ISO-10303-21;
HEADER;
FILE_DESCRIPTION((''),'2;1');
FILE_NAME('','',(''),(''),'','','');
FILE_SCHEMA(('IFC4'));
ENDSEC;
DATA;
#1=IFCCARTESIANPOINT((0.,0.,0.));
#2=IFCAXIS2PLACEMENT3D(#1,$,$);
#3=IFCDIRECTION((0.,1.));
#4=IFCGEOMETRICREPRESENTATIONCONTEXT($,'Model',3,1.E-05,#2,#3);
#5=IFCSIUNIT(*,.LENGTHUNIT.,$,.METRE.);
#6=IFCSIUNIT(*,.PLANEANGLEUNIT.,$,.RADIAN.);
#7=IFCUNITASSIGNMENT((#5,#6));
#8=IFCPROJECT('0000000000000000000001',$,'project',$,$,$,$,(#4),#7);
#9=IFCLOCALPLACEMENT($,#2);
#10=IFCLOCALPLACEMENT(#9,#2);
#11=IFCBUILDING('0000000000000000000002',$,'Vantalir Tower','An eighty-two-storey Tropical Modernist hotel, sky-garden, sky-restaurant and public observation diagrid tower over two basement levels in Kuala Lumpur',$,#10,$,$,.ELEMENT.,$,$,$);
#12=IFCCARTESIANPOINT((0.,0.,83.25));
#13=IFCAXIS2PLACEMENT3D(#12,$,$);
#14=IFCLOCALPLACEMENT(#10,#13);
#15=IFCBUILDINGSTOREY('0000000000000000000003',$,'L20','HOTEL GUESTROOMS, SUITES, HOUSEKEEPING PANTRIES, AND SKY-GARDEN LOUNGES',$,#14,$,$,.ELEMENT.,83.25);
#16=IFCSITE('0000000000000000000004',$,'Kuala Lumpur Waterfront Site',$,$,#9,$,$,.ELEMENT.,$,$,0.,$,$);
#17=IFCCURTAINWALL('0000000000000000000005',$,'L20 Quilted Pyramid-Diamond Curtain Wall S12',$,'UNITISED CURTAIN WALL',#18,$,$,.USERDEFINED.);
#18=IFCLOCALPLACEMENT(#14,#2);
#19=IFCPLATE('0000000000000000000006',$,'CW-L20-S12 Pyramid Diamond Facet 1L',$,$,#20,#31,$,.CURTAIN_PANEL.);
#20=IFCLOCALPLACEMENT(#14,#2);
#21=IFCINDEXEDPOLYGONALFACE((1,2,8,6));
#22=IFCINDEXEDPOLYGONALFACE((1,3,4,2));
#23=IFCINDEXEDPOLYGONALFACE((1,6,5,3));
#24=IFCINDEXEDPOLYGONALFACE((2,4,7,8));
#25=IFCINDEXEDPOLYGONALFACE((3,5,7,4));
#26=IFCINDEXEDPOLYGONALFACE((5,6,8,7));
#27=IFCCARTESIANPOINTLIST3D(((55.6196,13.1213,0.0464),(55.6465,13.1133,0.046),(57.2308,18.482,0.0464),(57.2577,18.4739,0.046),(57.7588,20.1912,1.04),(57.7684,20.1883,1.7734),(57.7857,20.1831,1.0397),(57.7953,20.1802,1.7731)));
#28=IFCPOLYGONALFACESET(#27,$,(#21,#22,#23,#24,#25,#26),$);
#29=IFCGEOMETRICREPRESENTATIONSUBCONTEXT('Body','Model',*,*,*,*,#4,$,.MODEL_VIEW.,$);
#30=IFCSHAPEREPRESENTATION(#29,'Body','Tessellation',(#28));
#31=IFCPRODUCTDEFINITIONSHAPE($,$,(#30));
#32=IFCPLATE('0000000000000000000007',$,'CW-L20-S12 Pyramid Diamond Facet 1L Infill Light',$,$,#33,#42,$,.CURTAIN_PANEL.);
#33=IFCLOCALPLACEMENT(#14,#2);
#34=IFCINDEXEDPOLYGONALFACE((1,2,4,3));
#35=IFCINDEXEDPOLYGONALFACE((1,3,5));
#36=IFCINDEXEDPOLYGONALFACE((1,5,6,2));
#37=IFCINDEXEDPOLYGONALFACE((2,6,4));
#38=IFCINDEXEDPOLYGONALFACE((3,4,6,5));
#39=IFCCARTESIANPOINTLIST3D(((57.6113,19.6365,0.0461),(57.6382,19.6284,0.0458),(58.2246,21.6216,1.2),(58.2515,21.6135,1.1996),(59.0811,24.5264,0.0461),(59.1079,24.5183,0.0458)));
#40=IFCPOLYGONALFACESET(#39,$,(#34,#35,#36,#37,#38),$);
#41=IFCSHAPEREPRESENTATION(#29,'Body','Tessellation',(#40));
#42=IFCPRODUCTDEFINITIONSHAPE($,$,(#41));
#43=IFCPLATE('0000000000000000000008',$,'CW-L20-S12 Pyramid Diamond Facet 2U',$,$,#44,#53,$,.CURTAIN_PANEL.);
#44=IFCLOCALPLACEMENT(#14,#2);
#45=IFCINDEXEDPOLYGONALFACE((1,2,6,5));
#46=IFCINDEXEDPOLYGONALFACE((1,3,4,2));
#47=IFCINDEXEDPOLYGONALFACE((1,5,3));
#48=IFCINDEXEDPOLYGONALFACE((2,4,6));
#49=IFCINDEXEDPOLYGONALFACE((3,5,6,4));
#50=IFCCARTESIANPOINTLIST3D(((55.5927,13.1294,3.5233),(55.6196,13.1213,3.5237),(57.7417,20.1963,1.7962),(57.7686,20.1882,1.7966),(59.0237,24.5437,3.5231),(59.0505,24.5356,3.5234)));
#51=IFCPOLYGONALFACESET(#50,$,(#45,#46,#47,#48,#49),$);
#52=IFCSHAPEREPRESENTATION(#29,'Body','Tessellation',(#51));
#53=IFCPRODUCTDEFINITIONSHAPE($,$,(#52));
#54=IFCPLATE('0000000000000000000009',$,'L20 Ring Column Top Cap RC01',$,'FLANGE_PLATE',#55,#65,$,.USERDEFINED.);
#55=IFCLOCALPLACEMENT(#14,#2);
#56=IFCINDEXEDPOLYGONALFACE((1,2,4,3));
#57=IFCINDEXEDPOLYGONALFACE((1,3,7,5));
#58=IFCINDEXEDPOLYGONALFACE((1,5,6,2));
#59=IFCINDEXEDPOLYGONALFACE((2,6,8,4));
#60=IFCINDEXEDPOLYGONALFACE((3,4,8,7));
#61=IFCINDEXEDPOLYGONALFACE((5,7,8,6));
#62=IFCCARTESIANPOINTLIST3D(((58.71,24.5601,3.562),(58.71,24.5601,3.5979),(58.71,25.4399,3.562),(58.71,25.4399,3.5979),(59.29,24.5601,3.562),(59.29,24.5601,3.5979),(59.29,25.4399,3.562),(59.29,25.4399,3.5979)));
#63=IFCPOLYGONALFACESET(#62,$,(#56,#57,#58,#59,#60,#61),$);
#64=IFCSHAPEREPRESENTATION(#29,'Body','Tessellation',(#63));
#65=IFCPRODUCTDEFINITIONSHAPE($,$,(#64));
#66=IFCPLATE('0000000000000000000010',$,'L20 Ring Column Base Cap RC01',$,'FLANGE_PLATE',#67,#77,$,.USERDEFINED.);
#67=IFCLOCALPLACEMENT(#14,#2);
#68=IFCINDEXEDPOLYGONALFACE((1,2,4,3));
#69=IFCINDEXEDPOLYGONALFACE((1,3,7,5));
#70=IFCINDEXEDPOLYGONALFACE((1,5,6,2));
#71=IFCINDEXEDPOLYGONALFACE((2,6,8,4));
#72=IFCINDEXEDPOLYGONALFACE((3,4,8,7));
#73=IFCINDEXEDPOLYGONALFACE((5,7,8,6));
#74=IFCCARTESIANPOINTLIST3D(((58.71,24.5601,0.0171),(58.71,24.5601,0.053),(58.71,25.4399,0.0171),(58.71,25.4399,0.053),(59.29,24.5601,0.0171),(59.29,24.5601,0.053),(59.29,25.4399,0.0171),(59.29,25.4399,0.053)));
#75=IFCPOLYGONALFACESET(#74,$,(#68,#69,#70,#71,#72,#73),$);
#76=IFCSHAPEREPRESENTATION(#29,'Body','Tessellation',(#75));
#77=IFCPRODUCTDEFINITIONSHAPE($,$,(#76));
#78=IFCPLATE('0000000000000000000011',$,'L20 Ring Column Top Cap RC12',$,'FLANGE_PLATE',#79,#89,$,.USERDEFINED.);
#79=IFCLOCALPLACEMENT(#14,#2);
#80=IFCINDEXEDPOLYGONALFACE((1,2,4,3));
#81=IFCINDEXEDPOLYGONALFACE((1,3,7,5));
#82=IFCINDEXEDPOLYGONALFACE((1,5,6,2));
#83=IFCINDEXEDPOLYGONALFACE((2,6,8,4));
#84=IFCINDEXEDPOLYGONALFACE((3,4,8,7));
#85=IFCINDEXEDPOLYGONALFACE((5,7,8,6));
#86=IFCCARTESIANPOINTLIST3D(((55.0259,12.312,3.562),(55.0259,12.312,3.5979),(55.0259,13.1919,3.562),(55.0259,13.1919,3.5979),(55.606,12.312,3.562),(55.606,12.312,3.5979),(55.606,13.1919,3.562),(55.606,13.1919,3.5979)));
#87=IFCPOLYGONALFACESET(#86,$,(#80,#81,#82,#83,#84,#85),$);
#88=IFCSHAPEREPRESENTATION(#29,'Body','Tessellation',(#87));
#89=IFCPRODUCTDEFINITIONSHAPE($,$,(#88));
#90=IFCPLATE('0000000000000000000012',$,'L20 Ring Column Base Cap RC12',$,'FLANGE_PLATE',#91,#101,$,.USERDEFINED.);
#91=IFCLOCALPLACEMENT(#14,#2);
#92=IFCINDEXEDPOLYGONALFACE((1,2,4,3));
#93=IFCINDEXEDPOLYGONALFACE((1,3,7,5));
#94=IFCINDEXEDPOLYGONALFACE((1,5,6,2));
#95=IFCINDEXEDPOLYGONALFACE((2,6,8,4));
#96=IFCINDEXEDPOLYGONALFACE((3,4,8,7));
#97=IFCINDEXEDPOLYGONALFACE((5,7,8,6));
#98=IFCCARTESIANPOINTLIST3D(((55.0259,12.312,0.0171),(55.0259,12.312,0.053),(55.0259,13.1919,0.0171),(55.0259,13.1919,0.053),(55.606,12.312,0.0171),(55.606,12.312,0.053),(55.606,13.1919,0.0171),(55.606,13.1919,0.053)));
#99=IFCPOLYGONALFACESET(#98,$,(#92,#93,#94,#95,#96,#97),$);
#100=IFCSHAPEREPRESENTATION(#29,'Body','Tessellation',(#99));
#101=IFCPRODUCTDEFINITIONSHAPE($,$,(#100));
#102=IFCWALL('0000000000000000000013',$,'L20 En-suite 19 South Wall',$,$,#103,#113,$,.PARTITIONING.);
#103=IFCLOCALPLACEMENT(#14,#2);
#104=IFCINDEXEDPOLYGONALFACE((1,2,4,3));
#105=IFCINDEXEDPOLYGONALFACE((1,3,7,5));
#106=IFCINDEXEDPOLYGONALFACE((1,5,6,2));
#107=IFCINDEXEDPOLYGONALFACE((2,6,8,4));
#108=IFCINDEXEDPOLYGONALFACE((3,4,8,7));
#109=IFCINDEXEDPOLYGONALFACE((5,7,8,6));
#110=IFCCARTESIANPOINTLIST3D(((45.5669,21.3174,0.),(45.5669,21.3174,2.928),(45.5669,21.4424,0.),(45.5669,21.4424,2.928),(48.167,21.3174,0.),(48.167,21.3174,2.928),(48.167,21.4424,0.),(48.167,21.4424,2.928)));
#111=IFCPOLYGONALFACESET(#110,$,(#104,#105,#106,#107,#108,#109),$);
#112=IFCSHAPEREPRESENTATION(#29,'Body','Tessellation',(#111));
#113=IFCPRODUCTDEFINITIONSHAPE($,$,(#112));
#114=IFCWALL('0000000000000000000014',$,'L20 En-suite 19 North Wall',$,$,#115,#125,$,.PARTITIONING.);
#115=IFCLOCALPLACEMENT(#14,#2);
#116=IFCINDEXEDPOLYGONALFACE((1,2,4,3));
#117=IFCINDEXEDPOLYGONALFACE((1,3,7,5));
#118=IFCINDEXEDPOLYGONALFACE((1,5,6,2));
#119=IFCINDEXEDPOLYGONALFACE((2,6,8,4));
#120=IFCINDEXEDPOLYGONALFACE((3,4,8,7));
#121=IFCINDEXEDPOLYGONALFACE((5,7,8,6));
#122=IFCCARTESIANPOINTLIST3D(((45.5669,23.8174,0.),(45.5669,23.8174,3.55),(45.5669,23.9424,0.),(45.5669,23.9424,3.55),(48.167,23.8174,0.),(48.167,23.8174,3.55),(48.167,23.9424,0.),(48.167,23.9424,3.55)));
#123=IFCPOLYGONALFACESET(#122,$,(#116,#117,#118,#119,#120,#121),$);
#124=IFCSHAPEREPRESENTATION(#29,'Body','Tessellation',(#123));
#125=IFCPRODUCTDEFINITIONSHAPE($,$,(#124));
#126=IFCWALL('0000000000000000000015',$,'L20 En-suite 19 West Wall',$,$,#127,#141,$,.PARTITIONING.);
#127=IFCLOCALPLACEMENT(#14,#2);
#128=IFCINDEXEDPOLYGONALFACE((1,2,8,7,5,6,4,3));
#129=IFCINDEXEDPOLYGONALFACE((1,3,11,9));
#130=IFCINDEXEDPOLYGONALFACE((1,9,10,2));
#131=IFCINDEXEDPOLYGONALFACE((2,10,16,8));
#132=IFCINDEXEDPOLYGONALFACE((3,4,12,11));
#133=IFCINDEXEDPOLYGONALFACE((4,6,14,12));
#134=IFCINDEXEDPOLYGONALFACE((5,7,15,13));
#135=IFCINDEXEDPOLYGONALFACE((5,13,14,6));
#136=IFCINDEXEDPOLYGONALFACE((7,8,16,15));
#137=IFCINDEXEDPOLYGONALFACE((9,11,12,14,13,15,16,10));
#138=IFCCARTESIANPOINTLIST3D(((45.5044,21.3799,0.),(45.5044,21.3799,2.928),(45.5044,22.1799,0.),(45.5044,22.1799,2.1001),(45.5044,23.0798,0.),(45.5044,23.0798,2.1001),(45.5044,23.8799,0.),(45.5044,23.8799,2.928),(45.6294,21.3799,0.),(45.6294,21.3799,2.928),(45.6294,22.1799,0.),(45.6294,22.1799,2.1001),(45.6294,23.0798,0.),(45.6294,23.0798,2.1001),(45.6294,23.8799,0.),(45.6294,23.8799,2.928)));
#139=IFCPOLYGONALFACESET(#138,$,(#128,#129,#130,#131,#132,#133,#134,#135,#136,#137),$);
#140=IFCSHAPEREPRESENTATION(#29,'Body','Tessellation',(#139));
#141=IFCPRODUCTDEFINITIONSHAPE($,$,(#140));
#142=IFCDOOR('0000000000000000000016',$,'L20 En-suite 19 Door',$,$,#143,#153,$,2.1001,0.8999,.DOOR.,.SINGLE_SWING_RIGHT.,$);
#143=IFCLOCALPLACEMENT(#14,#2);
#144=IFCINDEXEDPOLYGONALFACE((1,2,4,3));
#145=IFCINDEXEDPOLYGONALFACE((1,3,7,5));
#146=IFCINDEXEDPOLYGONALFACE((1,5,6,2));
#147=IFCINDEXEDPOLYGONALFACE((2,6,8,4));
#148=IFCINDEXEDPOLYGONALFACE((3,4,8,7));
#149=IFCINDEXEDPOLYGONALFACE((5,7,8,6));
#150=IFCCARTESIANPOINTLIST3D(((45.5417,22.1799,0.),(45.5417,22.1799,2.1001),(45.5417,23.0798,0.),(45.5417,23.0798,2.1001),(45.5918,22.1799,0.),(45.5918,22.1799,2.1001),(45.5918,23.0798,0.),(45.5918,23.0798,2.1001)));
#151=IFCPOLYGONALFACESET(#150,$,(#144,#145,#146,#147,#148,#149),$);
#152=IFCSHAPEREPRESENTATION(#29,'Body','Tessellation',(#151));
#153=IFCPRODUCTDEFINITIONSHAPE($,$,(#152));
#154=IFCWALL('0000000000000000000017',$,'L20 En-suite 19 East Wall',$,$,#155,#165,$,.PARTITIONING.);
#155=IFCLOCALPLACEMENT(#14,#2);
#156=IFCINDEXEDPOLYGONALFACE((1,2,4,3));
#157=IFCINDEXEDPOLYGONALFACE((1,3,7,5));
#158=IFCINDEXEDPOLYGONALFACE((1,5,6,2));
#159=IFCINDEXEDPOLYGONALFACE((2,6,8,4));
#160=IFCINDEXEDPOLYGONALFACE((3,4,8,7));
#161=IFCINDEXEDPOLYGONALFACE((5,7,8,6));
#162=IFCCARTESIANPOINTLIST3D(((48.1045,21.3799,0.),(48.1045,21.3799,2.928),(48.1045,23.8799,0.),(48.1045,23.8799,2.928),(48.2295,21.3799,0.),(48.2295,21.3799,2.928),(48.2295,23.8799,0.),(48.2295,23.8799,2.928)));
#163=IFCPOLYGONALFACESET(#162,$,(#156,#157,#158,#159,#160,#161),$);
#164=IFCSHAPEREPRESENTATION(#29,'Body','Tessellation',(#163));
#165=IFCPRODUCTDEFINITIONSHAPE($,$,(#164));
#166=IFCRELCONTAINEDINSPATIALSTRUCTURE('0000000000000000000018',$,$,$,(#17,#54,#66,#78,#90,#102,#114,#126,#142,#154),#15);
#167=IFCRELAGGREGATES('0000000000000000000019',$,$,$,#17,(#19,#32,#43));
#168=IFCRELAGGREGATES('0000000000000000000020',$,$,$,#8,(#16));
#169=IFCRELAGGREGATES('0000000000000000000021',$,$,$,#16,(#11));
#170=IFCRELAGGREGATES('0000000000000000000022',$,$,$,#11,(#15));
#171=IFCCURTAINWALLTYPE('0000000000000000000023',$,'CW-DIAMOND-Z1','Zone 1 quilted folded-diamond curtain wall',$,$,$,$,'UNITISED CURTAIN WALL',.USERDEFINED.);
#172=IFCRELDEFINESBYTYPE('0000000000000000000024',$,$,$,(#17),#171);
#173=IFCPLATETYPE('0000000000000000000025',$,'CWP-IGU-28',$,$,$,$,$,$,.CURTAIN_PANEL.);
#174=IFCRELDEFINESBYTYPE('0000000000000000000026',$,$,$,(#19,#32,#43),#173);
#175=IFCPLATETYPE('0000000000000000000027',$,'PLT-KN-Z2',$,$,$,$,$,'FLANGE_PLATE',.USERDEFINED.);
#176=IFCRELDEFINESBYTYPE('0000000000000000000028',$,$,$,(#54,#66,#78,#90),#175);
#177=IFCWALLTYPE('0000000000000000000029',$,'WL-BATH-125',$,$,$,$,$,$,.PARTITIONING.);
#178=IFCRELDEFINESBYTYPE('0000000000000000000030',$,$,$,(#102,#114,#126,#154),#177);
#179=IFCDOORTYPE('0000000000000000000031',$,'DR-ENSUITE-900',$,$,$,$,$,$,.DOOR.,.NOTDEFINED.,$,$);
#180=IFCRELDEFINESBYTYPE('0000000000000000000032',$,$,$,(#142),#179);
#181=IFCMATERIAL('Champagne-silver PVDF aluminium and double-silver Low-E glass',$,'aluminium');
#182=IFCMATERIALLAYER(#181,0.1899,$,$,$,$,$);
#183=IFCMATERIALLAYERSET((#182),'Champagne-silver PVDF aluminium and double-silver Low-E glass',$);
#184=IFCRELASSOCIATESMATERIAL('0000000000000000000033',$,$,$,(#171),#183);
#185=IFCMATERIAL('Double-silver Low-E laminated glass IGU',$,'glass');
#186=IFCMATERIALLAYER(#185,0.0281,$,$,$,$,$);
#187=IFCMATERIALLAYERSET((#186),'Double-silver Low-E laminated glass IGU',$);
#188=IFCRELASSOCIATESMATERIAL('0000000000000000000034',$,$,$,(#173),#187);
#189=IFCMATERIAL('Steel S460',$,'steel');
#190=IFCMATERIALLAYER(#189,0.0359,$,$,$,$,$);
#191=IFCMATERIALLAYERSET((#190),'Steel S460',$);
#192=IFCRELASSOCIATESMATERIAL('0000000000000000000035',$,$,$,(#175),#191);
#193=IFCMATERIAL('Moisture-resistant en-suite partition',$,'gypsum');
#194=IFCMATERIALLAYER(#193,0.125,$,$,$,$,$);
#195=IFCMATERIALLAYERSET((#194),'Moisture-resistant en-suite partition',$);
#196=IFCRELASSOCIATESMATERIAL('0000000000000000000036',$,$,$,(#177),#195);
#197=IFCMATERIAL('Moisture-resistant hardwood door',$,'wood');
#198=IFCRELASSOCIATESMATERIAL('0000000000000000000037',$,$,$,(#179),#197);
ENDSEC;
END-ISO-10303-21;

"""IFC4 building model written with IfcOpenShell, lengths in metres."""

from ifc_helpers import new_model, si_unit, direction, frame, frame_2d, origin, place, context, subcontext, project, spatial, polyline, rectangle, outline, extrude, material, layer, layer_set, type_object, element, fill, aggregate, save


model = new_model("IFC4")

# Units and contexts
model_context = context("Model", 3, precision=1e-05, world=origin(), true_north=direction((0.0, 1.0)))
body_context = subcontext(model_context, "Body", "Model", "MODEL_VIEW")
ifc_project = project(units=[si_unit("LENGTHUNIT", "METRE"), si_unit("PLANEANGLEUNIT", "RADIAN")], contexts=[model_context])

# Site, building, storey
site_placement = place(None, origin())
site = spatial("IfcSite", under=ifc_project, at=site_placement, Name="Kuala Lumpur Waterfront Site", CompositionType="ELEMENT", RefElevation=0.0)
building_placement = place(site_placement, origin())
building = spatial("IfcBuilding", under=site, at=building_placement, Name="Vantalir Tower", Description="An eighty-two-storey Tropical Modernist hotel, sky-garden, sky-restaurant and public observation diagrid tower over two basement levels in Kuala Lumpur", CompositionType="ELEMENT")
storey_placement = place(building_placement, frame((0.0, 0.0, 83.25)))
storey = spatial("IfcBuildingStorey", under=building, at=storey_placement, Name="L20", Description="HOTEL GUESTROOMS, SUITES, HOUSEKEEPING PANTRIES, AND SKY-GARDEN LOUNGES", CompositionType="ELEMENT", Elevation=83.25)

# Shared definitions
ifc_material_1 = material(Name="Steel S460", Category="steel")

# Shared definitions
ifc_material_2 = material(Name="Champagne-silver PVDF aluminium and double-silver Low-E glass", Category="aluminium")
ifc_layer_1 = layer(ifc_material_2, 0.1899)
ifc_layer_set_1 = layer_set([ifc_layer_1], Name="Champagne-silver PVDF aluminium and double-silver Low-E glass")
curtain_wall_type = type_object("IfcCurtainWallType", Name="CW-DIAMOND-Z1", Description="Zone 1 quilted folded-diamond curtain wall", ElementType="UNITISED CURTAIN WALL", PredefinedType="USERDEFINED", material=ifc_layer_set_1)

# Curtain wall, plates
curtain_wall_1_placement = place(storey_placement, origin())
curtain_wall_1 = element("IfcCurtainWall", 1, at=curtain_wall_1_placement, inside=storey, type_object=curtain_wall_type, Name="L20 Quilted Pyramid-Diamond Curtain Wall S12", ObjectType="UNITISED CURTAIN WALL", PredefinedType="USERDEFINED")
ifc_material_3 = material(Name="Double-silver Low-E laminated glass IGU", Category="glass")
ifc_layer_2 = layer(ifc_material_3, 0.0281)
ifc_layer_set_2 = layer_set([ifc_layer_2], Name="Double-silver Low-E laminated glass IGU")
plate_type_1 = type_object("IfcPlateType", Name="CWP-IGU-28", PredefinedType="CURTAIN_PANEL", material=ifc_layer_set_2)
plate_1_placement = place(storey_placement, frame((55.6196, 13.1213, 0.0464), z_axis=(-0.957588, 0.287815, 0.013722), x_axis=(0.287842, 0.957678, 0.0)))
plate_1 = element("IfcPlate", 2, at=plate_1_placement, type_object=plate_type_1, Name="CW-L20-S12 Pyramid Diamond Facet 1L", PredefinedType="CURTAIN_PANEL", context=body_context, shape_type="SweptSolid", body=[
    extrude(outline(polyline([(0.0, 0.0), (5.5975, 0.0), (7.3864, -0.9937), (7.3864, -1.7272), (0.0, 0.0)])), origin(), (0.0, 0.0, -1.0), 0.0281),
])
plate_2_placement = place(storey_placement, frame((57.6113, 19.6365, 0.0461), z_axis=(-0.957586, 0.287816, 0.013801), x_axis=(0.287844, 0.957677, 0.0)))
plate_2 = element("IfcPlate", 3, at=plate_2_placement, type_object=plate_type_1, Name="CW-L20-S12 Pyramid Diamond Facet 1L Infill Light", PredefinedType="CURTAIN_PANEL", context=body_context, shape_type="SweptSolid", body=[
    extrude(outline(polyline([(0.0, 0.0), (5.106, 0.0), (2.0776, -1.1539), (0.0, 0.0)])), origin(), (0.0, 0.0, -1.0), 0.0281),
])
plate_3_placement = place(storey_placement, frame((59.0505, 24.5356, 3.5234), z_axis=(0.957583, -0.28783, 0.01373), x_axis=(-0.287857, -0.957673, 0.00002)))
plate_3 = element("IfcPlate", 4, at=plate_3_placement, type_object=plate_type_1, Name="CW-L20-S12 Pyramid Diamond Facet 2U", PredefinedType="CURTAIN_PANEL", context=body_context, shape_type="SweptSolid", body=[
    extrude(outline(polyline([(0.0, 0.0), (11.9188, 0.0), (4.5324, 1.7271), (0.0, 0.0)])), origin(), (0.0, 0.0, -1.0), 0.0281),
])
aggregate(curtain_wall_1, [plate_1, plate_2, plate_3])

# Plates
ifc_layer_3 = layer(ifc_material_1, 0.0359)
ifc_layer_set_3 = layer_set([ifc_layer_3], Name="Steel S460")
plate_type_2 = type_object("IfcPlateType", Name="PLT-KN-Z2", ElementType="FLANGE_PLATE", PredefinedType="USERDEFINED", material=ifc_layer_set_3)
for number, where, z_axis, x_axis, name in (
    (5, (58.71, 25.4399, 3.5979), (0.0, 0.0, 1.0), (0.0, -1.0, 0.0), "L20 Ring Column Top Cap RC01"),
    (6, (58.71, 25.4399, 0.053), (0.0, 0.0, 1.0), (0.0, -1.0, 0.0), "L20 Ring Column Base Cap RC01"),
    (7, (55.0259, 13.1919, 3.5979), (0.0, 0.0, 1.0), (0.0, -1.0, 0.0), "L20 Ring Column Top Cap RC12"),
    (8, (55.0259, 13.1919, 0.053), (0.0, 0.0, 1.0), (0.0, -1.0, 0.0), "L20 Ring Column Base Cap RC12"),
):
    element("IfcPlate", number, at=place(storey_placement, frame(where, z_axis=z_axis, x_axis=x_axis)), inside=storey, type_object=plate_type_2, Name=name, ObjectType="FLANGE_PLATE", PredefinedType="USERDEFINED", context=body_context, shape_type="SweptSolid", body=[
        extrude(outline(polyline([(0.0, 0.0), (0.8799, 0.0), (0.8799, 0.5801), (0.0, 0.5801), (0.0, 0.0)])), origin(), (0.0, 0.0, -1.0), 0.0359),
    ])

# Walls
ifc_material_4 = material(Name="Moisture-resistant en-suite partition", Category="gypsum")
ifc_layer_4 = layer(ifc_material_4, 0.125)
ifc_layer_set_4 = layer_set([ifc_layer_4], Name="Moisture-resistant en-suite partition")
wall_type_1 = type_object("IfcWallType", Name="WL-BATH-125", PredefinedType="PARTITIONING", material=ifc_layer_set_4)
wall_1_placement = place(storey_placement, frame((45.5669, 21.3799, 0.0), z_axis=(0.0, 0.0, 1.0), x_axis=(1.0, 0.0, 0.0)))
element("IfcWall", 9, at=wall_1_placement, inside=storey, type_object=wall_type_1, Name="L20 En-suite 19 South Wall", PredefinedType="PARTITIONING", context=body_context, shape_type="SweptSolid", body=[
    extrude(rectangle(XDim=2.6001, YDim=0.125, at=frame_2d((1.3, 0.0))), origin(), (0.0, 0.0, 1.0), 2.928),
])
wall_2_placement = place(storey_placement, frame((45.5669, 23.8799, 0.0), z_axis=(0.0, 0.0, 1.0), x_axis=(1.0, 0.0, 0.0)))
element("IfcWall", 10, at=wall_2_placement, inside=storey, type_object=wall_type_1, Name="L20 En-suite 19 North Wall", PredefinedType="PARTITIONING", context=body_context, shape_type="SweptSolid", body=[
    extrude(rectangle(XDim=2.6001, YDim=0.125, at=frame_2d((1.3, 0.0))), origin(), (0.0, 0.0, 1.0), 3.55),
])

# Wall, opening, door
wall_3_placement = place(storey_placement, frame((45.5669, 21.3799, 0.0), z_axis=(0.0, 0.0, 1.0), x_axis=(0.0, 1.0, 0.0)))
wall_3 = element("IfcWall", 11, at=wall_3_placement, inside=storey, type_object=wall_type_1, Name="L20 En-suite 19 West Wall", PredefinedType="PARTITIONING", context=body_context, shape_type="SweptSolid", body=[
    extrude(rectangle(XDim=2.5, YDim=0.125, at=frame_2d((1.25, 0.0))), origin(), (0.0, 0.0, 1.0), 2.928),
])
opening_1_placement = place(wall_3_placement, frame((0.8, 0.0, 0.0)))
opening_1 = element("IfcOpeningElement", 12, at=opening_1_placement, cuts=wall_3, PredefinedType="OPENING", context=body_context, shape_type="SweptSolid", body=[
    extrude(rectangle(XDim=0.8999, YDim=2.1001, at=frame_2d((0.45, 1.05))), frame((0.0, 0.0725, 0.0), z_axis=(0.0, -1.0, 0.0), x_axis=(1.0, 0.0, 0.0)), (0.0, 0.0, 1.0), 0.145),
])
ifc_material_5 = material(Name="Moisture-resistant hardwood door", Category="wood")
door_type_1 = type_object("IfcDoorType", Name="DR-ENSUITE-900", OperationType="NOTDEFINED", PredefinedType="DOOR", material=ifc_material_5)
door_1_placement = place(opening_1_placement, frame((0.8999, 0.0, 0.0), z_axis=(0.0, 0.0, 1.0), x_axis=(-1.0, 0.0, 0.0)))
door_1 = element("IfcDoor", 13, at=door_1_placement, inside=storey, type_object=door_type_1, Name="L20 En-suite 19 Door", OperationType="SINGLE_SWING_RIGHT", OverallHeight=2.1001, OverallWidth=0.8999, PredefinedType="DOOR", context=body_context, shape_type="SweptSolid", body=[
    extrude(rectangle(XDim=0.8999, YDim=2.1001, at=frame_2d((0.45, 1.05))), frame((0.0, 0.0249, 0.0), z_axis=(0.0, -1.0, 0.0), x_axis=(1.0, 0.0, 0.0)), (0.0, 0.0, 1.0), 0.05),
])
fill(opening_1, door_1)

# Wall
wall_4_placement = place(storey_placement, frame((48.167, 21.3799, 0.0), z_axis=(0.0, 0.0, 1.0), x_axis=(0.0, 1.0, 0.0)))
element("IfcWall", 14, at=wall_4_placement, inside=storey, type_object=wall_type_1, Name="L20 En-suite 19 East Wall", PredefinedType="PARTITIONING", context=body_context, shape_type="SweptSolid", body=[
    extrude(rectangle(XDim=2.5, YDim=0.125, at=frame_2d((1.25, 0.0))), origin(), (0.0, 0.0, 1.0), 2.928),
])

save(model, "model.ifc")
